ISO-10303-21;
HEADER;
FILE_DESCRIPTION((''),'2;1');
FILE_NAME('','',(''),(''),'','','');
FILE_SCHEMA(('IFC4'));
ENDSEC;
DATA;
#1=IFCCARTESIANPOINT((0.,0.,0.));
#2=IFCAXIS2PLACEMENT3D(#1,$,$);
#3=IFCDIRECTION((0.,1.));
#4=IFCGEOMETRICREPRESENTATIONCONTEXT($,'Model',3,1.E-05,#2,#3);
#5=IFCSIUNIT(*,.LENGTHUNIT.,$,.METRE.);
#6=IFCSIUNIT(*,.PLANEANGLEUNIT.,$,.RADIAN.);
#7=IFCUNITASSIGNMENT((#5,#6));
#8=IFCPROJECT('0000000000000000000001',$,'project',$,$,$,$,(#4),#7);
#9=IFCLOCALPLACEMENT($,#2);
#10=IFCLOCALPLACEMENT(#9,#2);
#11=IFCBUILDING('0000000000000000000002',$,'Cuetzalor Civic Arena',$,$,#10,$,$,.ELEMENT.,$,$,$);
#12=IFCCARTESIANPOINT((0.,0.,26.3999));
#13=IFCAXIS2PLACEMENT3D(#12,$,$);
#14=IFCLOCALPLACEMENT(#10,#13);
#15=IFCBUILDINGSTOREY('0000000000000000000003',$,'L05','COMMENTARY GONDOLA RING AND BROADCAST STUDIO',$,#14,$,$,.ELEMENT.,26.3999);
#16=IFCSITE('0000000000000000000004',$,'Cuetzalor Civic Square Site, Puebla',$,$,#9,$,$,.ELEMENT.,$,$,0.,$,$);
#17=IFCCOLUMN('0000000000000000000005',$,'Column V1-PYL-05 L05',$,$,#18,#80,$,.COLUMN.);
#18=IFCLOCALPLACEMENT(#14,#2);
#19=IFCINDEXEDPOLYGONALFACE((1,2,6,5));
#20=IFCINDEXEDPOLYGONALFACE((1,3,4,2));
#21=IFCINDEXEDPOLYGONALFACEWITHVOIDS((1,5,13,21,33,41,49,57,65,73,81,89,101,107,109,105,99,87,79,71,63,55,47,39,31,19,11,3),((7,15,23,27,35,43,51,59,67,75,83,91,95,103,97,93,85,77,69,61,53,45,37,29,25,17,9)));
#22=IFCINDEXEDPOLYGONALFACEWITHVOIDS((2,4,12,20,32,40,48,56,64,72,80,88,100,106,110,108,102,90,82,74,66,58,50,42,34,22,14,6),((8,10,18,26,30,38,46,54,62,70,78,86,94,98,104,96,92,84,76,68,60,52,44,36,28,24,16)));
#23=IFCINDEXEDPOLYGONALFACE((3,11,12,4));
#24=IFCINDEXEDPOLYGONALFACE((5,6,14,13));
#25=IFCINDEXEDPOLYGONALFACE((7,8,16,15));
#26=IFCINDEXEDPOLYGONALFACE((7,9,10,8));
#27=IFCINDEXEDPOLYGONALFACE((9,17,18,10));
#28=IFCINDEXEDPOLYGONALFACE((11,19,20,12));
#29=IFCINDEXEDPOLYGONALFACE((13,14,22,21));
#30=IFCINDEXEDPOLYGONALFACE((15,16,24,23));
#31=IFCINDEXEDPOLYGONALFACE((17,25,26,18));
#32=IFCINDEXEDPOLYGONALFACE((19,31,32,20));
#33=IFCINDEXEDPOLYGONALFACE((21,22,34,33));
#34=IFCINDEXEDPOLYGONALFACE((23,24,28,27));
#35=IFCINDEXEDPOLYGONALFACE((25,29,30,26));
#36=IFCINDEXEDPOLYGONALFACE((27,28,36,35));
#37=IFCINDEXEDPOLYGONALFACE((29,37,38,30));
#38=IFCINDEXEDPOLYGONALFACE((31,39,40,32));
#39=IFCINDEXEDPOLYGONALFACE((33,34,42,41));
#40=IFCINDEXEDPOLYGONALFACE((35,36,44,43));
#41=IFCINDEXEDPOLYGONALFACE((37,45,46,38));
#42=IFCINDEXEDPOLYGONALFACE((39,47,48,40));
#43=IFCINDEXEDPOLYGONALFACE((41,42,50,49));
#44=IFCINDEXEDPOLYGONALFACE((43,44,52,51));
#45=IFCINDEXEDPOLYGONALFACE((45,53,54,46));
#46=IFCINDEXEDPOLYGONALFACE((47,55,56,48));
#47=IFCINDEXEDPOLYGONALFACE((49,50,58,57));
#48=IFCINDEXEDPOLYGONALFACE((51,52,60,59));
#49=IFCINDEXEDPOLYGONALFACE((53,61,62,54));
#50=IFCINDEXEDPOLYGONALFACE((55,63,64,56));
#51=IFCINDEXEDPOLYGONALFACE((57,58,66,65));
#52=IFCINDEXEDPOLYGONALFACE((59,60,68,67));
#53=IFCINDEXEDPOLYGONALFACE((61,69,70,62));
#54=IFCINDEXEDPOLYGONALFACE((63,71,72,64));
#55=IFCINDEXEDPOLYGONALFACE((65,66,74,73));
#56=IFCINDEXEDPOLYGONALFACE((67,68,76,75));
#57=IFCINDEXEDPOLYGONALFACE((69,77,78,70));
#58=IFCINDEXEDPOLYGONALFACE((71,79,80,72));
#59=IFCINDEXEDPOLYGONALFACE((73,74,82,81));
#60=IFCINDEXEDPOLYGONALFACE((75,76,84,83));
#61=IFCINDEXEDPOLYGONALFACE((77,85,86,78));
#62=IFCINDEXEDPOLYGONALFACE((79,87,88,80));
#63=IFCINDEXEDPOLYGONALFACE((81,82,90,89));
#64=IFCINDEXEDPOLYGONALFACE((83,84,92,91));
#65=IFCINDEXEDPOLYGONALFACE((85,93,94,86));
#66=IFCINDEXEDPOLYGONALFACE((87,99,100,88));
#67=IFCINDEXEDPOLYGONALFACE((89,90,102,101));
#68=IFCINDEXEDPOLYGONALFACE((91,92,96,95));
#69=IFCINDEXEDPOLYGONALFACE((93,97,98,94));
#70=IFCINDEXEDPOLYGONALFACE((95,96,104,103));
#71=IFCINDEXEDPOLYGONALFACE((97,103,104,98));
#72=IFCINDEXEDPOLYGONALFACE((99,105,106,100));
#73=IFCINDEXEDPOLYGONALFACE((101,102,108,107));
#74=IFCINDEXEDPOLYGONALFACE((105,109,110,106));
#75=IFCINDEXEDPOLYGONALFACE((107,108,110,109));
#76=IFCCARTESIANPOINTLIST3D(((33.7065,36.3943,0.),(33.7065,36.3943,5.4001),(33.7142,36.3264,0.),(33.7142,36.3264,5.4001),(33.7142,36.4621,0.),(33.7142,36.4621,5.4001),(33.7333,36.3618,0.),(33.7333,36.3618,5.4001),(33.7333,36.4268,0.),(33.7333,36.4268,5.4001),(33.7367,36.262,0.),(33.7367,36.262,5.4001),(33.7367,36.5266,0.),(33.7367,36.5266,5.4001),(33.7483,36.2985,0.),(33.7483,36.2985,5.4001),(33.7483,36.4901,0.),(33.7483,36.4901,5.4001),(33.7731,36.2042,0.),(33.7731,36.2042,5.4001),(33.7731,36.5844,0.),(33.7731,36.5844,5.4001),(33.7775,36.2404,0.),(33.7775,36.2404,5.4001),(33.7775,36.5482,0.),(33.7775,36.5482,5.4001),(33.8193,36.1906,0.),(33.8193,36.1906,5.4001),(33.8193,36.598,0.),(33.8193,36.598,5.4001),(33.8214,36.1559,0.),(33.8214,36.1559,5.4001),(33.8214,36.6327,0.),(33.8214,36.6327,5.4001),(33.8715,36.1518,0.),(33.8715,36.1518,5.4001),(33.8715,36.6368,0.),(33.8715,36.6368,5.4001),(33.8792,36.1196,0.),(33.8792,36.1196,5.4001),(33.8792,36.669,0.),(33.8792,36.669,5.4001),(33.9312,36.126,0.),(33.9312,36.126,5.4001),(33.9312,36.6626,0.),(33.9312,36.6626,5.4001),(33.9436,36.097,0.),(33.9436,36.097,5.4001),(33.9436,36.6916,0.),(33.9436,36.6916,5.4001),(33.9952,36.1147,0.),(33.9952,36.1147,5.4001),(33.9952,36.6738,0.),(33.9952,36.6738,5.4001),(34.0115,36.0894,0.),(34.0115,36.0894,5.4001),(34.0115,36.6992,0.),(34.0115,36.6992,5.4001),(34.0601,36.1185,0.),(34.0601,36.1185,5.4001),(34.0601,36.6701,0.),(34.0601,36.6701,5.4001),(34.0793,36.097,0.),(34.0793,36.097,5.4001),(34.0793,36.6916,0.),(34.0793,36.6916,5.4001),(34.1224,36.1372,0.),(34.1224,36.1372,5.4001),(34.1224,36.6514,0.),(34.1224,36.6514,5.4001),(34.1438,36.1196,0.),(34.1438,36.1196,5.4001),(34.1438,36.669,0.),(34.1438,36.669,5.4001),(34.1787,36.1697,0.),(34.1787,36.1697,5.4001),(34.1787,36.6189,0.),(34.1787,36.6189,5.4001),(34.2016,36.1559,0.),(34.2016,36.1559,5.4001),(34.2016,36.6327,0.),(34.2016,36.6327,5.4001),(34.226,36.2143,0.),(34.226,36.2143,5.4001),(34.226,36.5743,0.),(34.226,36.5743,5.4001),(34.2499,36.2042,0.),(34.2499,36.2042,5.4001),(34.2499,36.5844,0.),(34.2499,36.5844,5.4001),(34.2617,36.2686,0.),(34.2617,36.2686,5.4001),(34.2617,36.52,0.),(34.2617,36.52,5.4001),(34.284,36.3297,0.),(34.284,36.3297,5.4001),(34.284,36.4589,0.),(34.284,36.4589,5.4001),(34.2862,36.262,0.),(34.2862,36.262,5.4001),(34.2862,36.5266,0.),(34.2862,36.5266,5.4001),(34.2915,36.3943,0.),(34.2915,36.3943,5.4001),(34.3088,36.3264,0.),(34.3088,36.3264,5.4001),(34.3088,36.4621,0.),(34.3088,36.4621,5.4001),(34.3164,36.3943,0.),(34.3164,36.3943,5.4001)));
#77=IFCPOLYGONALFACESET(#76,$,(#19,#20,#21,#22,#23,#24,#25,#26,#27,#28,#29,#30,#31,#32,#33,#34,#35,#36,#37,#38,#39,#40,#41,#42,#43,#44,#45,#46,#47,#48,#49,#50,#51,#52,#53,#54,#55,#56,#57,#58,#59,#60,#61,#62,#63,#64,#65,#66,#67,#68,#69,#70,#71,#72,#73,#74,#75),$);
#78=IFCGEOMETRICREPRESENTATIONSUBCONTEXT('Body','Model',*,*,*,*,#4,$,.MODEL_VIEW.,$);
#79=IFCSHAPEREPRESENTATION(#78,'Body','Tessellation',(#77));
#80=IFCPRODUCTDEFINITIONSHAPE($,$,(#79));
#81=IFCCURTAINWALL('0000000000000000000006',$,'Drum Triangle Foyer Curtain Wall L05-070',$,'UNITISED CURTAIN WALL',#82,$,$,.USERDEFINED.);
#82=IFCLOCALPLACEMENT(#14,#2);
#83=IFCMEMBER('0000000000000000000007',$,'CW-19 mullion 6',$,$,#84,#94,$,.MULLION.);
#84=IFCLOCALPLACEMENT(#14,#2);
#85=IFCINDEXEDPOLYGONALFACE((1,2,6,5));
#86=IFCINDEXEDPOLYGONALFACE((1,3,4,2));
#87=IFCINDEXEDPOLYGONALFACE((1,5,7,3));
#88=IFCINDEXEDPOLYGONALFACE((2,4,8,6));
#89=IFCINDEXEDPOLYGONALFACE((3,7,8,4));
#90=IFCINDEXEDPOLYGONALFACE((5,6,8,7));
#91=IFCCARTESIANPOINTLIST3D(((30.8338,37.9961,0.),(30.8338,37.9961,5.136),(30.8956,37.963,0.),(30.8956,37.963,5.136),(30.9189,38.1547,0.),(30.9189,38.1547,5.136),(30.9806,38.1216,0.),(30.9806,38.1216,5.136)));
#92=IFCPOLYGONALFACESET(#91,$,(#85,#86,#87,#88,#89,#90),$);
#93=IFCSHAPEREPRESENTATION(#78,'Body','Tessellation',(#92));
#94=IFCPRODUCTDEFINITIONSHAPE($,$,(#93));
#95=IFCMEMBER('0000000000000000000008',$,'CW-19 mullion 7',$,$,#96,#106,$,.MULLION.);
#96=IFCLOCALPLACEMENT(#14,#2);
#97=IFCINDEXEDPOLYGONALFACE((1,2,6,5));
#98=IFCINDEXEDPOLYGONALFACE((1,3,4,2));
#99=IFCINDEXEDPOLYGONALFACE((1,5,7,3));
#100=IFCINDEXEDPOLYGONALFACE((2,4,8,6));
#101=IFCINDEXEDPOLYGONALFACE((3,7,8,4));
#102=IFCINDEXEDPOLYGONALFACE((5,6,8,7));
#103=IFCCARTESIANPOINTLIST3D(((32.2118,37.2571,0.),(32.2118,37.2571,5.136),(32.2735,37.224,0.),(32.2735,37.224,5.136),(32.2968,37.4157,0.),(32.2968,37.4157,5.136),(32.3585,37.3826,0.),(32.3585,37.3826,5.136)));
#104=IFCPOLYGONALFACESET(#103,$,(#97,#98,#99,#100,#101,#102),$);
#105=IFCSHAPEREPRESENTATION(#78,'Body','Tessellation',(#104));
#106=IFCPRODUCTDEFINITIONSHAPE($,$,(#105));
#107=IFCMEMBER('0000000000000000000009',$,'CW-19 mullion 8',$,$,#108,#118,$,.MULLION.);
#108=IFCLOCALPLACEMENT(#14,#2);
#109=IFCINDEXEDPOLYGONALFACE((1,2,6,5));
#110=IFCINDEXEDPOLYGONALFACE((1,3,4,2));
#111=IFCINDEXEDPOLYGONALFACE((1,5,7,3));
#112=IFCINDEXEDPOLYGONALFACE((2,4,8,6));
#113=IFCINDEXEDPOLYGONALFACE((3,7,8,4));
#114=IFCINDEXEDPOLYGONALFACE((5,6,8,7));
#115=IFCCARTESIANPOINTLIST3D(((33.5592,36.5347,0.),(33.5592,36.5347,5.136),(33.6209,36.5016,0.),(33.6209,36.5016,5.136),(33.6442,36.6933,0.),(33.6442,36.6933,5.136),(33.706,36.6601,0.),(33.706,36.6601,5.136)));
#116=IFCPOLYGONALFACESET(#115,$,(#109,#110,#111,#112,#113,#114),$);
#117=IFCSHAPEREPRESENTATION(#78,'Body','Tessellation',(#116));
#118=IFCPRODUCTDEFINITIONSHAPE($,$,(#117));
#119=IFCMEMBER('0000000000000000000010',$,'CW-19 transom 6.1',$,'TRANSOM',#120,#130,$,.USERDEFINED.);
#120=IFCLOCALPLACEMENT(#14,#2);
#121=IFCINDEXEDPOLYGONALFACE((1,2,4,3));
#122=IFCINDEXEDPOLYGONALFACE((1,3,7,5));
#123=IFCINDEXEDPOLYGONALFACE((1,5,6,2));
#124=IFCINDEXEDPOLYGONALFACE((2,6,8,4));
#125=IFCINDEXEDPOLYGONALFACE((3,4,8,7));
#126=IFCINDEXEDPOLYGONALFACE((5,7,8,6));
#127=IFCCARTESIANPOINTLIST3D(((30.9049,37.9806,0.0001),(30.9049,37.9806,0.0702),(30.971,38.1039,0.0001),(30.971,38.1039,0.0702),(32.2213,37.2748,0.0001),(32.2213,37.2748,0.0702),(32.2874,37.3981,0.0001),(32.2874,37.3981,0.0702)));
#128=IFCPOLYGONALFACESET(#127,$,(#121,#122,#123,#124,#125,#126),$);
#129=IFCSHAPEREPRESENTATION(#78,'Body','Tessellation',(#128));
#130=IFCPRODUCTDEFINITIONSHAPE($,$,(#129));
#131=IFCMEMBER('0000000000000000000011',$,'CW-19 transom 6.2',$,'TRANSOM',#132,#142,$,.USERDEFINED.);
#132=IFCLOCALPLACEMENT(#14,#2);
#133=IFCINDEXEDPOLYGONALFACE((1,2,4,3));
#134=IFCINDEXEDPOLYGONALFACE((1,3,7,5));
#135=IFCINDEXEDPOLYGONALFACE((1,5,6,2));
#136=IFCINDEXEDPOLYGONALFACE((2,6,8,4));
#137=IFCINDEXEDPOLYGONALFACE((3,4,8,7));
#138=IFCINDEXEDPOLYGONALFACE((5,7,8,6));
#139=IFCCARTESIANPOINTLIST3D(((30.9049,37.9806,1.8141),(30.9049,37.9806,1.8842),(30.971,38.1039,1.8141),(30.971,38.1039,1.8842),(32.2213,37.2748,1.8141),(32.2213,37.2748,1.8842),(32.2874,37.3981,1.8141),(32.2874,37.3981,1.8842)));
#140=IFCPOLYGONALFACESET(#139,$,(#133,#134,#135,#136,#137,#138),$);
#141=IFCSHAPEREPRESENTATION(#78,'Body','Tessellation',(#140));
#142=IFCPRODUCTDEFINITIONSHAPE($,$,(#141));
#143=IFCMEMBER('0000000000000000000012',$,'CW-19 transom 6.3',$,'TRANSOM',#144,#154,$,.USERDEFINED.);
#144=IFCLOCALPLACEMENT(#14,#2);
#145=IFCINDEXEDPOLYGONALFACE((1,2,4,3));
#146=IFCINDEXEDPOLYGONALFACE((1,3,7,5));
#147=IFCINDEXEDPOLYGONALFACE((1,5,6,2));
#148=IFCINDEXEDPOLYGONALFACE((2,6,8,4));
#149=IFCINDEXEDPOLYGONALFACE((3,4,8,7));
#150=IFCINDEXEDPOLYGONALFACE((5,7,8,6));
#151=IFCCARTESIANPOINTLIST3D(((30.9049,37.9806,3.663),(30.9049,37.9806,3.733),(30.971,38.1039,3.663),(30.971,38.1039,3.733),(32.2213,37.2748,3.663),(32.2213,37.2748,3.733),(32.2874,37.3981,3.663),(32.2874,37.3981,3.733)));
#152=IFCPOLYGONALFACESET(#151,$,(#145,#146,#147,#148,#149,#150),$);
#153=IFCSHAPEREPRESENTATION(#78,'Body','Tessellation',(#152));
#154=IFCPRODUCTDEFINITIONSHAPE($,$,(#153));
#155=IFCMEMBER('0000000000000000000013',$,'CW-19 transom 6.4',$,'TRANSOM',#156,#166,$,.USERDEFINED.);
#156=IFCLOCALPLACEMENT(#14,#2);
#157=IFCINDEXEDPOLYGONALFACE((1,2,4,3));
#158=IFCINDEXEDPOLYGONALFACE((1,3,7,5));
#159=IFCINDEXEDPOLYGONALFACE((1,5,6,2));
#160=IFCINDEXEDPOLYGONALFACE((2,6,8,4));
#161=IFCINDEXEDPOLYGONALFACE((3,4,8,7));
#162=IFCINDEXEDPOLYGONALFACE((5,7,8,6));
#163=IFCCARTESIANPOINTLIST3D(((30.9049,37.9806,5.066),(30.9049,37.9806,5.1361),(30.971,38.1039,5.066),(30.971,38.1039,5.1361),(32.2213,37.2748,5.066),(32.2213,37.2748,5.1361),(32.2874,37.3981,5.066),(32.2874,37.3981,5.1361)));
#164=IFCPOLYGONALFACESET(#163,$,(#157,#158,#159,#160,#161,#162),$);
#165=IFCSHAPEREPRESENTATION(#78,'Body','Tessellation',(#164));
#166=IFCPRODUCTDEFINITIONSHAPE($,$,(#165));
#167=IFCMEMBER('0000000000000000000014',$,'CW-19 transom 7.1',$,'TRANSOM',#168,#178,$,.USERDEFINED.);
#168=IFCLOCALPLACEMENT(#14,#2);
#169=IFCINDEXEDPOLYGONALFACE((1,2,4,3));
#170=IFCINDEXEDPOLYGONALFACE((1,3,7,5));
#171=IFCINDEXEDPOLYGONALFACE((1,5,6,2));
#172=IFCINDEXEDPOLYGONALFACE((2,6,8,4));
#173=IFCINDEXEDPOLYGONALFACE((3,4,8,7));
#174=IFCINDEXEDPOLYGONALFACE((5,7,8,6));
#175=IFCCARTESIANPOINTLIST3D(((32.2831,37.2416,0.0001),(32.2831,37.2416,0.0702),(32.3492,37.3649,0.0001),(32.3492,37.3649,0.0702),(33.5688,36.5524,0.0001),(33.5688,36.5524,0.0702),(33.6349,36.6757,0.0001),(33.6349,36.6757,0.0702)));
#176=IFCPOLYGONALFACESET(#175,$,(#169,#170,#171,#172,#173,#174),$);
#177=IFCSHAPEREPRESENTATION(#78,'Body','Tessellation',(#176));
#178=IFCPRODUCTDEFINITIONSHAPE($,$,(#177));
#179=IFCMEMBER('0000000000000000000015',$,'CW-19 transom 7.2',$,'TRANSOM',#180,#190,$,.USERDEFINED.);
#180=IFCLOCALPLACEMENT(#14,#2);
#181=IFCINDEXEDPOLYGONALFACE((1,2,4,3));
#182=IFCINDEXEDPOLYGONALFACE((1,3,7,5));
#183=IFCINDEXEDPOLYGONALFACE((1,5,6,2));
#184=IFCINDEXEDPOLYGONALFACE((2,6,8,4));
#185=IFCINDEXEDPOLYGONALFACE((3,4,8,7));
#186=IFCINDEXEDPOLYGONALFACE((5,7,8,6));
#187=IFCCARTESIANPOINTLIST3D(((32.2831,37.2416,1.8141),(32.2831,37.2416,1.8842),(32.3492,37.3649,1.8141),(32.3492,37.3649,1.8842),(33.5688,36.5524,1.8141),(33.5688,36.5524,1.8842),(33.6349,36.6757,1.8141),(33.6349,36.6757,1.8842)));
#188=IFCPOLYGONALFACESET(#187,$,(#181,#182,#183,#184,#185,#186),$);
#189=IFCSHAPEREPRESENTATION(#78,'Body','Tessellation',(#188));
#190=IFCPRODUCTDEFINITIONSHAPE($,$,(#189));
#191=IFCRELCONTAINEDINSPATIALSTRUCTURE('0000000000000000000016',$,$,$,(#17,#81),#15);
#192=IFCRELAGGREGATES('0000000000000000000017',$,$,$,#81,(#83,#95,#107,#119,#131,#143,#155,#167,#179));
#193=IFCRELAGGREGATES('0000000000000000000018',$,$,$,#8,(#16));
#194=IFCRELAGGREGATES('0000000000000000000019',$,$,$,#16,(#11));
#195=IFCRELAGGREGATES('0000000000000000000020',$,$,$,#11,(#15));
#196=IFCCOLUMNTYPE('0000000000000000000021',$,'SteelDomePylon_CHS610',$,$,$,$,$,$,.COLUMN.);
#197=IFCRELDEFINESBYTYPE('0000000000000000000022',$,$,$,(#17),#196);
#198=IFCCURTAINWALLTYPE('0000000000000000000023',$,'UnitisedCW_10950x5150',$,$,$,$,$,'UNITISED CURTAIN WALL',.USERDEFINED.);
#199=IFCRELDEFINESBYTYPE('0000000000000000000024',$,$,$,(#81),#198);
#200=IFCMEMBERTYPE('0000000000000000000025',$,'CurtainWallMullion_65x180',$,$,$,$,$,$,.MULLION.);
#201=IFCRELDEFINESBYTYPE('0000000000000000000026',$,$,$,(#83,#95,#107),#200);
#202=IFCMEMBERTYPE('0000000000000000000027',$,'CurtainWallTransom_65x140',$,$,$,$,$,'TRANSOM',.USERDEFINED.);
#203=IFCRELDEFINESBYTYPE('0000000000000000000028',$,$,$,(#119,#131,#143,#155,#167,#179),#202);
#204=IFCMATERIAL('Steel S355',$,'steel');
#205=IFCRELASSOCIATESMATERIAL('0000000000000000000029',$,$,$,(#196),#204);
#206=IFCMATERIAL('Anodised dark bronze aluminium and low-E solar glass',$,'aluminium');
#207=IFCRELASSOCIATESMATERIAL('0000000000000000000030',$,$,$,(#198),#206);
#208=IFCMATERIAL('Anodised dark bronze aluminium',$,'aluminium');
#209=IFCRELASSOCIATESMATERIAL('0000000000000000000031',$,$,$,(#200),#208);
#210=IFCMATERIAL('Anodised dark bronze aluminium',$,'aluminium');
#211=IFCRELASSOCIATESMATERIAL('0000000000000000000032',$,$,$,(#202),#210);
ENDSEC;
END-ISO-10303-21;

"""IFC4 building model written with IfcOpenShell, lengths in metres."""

from ifc_helpers import new_model, si_unit, direction, frame, origin, origin_2d, place, context, subcontext, project, spatial, rectangle, hollow_circle, extrude, material, material_profile, profile_set, type_object, element, aggregate, save


model = new_model("IFC4")

# Units and contexts
model_context = context("Model", 3, precision=1e-05, world=origin(), true_north=direction((0.0, 1.0)))
body_context = subcontext(model_context, "Body", "Model", "MODEL_VIEW")
ifc_project = project(units=[si_unit("LENGTHUNIT", "METRE"), si_unit("PLANEANGLEUNIT", "RADIAN")], contexts=[model_context])

# Site, building, storey
site_placement = place(None, origin())
site = spatial("IfcSite", under=ifc_project, at=site_placement, Name="Cuetzalor Civic Square Site, Puebla", CompositionType="ELEMENT", RefElevation=0.0)
building_placement = place(site_placement, origin())
building = spatial("IfcBuilding", under=site, at=building_placement, Name="Cuetzalor Civic Arena", CompositionType="ELEMENT")
storey_placement = place(building_placement, frame((0.0, 0.0, 26.3999)))
storey = spatial("IfcBuildingStorey", under=building, at=storey_placement, Name="L05", Description="COMMENTARY GONDOLA RING AND BROADCAST STUDIO", CompositionType="ELEMENT", Elevation=26.3999)

# Column
ifc_material_1 = material(Name="Steel S355", Category="steel")
ifc_material_profile_1 = material_profile(ifc_material_1, hollow_circle(Radius=0.3049, WallThickness=0.0249, at=origin_2d()), Name="CHS 610x25")
ifc_profile_set_1 = profile_set([ifc_material_profile_1], Name="Steel S355")
column_type = type_object("IfcColumnType", Name="SteelDomePylon_CHS610", PredefinedType="COLUMN", material=ifc_profile_set_1)
column_placement = place(storey_placement, frame((34.0115, 36.3943, 0.0), z_axis=(0.0, 0.0, 1.0), x_axis=(1.0, 0.0, 0.0)))
element("IfcColumn", 1, at=column_placement, inside=storey, type_object=column_type, Name="Column V1-PYL-05 L05", PredefinedType="COLUMN", context=body_context, shape_type="SweptSolid", body=[
    extrude(hollow_circle(Radius=0.3049, WallThickness=0.0249, at=origin_2d()), origin(), (0.0, 0.0, 1.0), 5.4001),
])

# Curtain wall, members
ifc_material_2 = material(Name="Anodised dark bronze aluminium and low-E solar glass", Category="aluminium")
curtain_wall_type = type_object("IfcCurtainWallType", Name="UnitisedCW_10950x5150", ElementType="UNITISED CURTAIN WALL", PredefinedType="USERDEFINED", material=ifc_material_2)
curtain_wall_placement = place(storey_placement, origin())
curtain_wall = element("IfcCurtainWall", 2, at=curtain_wall_placement, inside=storey, type_object=curtain_wall_type, Name="Drum Triangle Foyer Curtain Wall L05-070", ObjectType="UNITISED CURTAIN WALL", PredefinedType="USERDEFINED")
ifc_material_3 = material(Name="Anodised dark bronze aluminium", Category="aluminium")
ifc_material_profile_2 = material_profile(ifc_material_3, rectangle(XDim=0.0701, YDim=0.1799, at=origin_2d()), Name="ALU MULLION 70x180")
ifc_profile_set_2 = profile_set([ifc_material_profile_2], Name="Anodised dark bronze aluminium")
member_type_1 = type_object("IfcMemberType", Name="CurtainWallMullion_65x180", PredefinedType="MULLION", material=ifc_profile_set_2)
member_1_placement = place(storey_placement, frame((30.9072, 38.0588, 0.0), z_axis=(0.0, 0.0, 1.0), x_axis=(0.881306, -0.472545, 0.0)))
member_1 = element("IfcMember", 3, at=member_1_placement, type_object=member_type_1, Name="CW-19 mullion 6", PredefinedType="MULLION", context=body_context, shape_type="SweptSolid", body=[
    extrude(rectangle(XDim=0.0701, YDim=0.1799, at=origin_2d()), origin(), (0.0, 0.0, 1.0), 5.136),
])
member_2_placement = place(storey_placement, frame((32.2852, 37.3198, 0.0), z_axis=(0.0, 0.0, 1.0), x_axis=(0.881306, -0.472545, 0.0)))
member_2 = element("IfcMember", 4, at=member_2_placement, type_object=member_type_1, Name="CW-19 mullion 7", PredefinedType="MULLION", context=body_context, shape_type="SweptSolid", body=[
    extrude(rectangle(XDim=0.0701, YDim=0.1799, at=origin_2d()), origin(), (0.0, 0.0, 1.0), 5.136),
])
member_3_placement = place(storey_placement, frame((33.6326, 36.5974, 0.0), z_axis=(0.0, 0.0, 1.0), x_axis=(0.881306, -0.472545, 0.0)))
member_3 = element("IfcMember", 5, at=member_3_placement, type_object=member_type_1, Name="CW-19 mullion 8", PredefinedType="MULLION", context=body_context, shape_type="SweptSolid", body=[
    extrude(rectangle(XDim=0.0701, YDim=0.1799, at=origin_2d()), origin(), (0.0, 0.0, 1.0), 5.136),
])
ifc_material_4 = material(Name="Anodised dark bronze aluminium", Category="aluminium")
ifc_material_profile_3 = material_profile(ifc_material_4, rectangle(XDim=0.1399, YDim=0.0701, at=origin_2d()), Name="ALU TRANSOM 70x140")
ifc_profile_set_3 = profile_set([ifc_material_profile_3], Name="Anodised dark bronze aluminium")
member_type_2 = type_object("IfcMemberType", Name="CurtainWallTransom_65x140", ElementType="TRANSOM", PredefinedType="USERDEFINED", material=ifc_profile_set_3)
member_4_placement = place(storey_placement, frame((30.938, 38.0422, 0.0352), z_axis=(0.881315, -0.47253, 0.0), x_axis=(0.47253, 0.881315, 0.0)))
member_4 = element("IfcMember", 6, at=member_4_placement, type_object=member_type_2, Name="CW-19 transom 6.1", ObjectType="TRANSOM", PredefinedType="USERDEFINED", context=body_context, shape_type="SweptSolid", body=[
    extrude(rectangle(XDim=0.1399, YDim=0.0701, at=origin_2d()), origin(), (0.0, 0.0, 1.0), 1.4937),
])
member_5_placement = place(storey_placement, frame((30.938, 38.0422, 1.8491), z_axis=(0.881315, -0.47253, 0.0), x_axis=(0.47253, 0.881315, 0.0)))
member_5 = element("IfcMember", 7, at=member_5_placement, type_object=member_type_2, Name="CW-19 transom 6.2", ObjectType="TRANSOM", PredefinedType="USERDEFINED", context=body_context, shape_type="SweptSolid", body=[
    extrude(rectangle(XDim=0.1399, YDim=0.0701, at=origin_2d()), origin(), (0.0, 0.0, 1.0), 1.4937),
])
member_6_placement = place(storey_placement, frame((30.938, 38.0422, 3.698), z_axis=(0.881315, -0.47253, 0.0), x_axis=(0.47253, 0.881315, 0.0)))
member_6 = element("IfcMember", 8, at=member_6_placement, type_object=member_type_2, Name="CW-19 transom 6.3", ObjectType="TRANSOM", PredefinedType="USERDEFINED", context=body_context, shape_type="SweptSolid", body=[
    extrude(rectangle(XDim=0.1399, YDim=0.0701, at=origin_2d()), origin(), (0.0, 0.0, 1.0), 1.4937),
])
member_7_placement = place(storey_placement, frame((30.938, 38.0422, 5.1011), z_axis=(0.881315, -0.47253, 0.0), x_axis=(0.47253, 0.881315, 0.0)))
member_7 = element("IfcMember", 9, at=member_7_placement, type_object=member_type_2, Name="CW-19 transom 6.4", ObjectType="TRANSOM", PredefinedType="USERDEFINED", context=body_context, shape_type="SweptSolid", body=[
    extrude(rectangle(XDim=0.1399, YDim=0.0701, at=origin_2d()), origin(), (0.0, 0.0, 1.0), 1.4937),
])
member_8_placement = place(storey_placement, frame((32.3162, 37.3032, 0.0352), z_axis=(0.881346, -0.472472, 0.0), x_axis=(0.472472, 0.881346, 0.0)))
member_8 = element("IfcMember", 10, at=member_8_placement, type_object=member_type_2, Name="CW-19 transom 7.1", ObjectType="TRANSOM", PredefinedType="USERDEFINED", context=body_context, shape_type="SweptSolid", body=[
    extrude(rectangle(XDim=0.1399, YDim=0.0701, at=origin_2d()), origin(), (0.0, 0.0, 1.0), 1.4587),
])
member_9_placement = place(storey_placement, frame((32.3162, 37.3032, 1.8491), z_axis=(0.881346, -0.472472, 0.0), x_axis=(0.472472, 0.881346, 0.0)))
member_9 = element("IfcMember", 11, at=member_9_placement, type_object=member_type_2, Name="CW-19 transom 7.2", ObjectType="TRANSOM", PredefinedType="USERDEFINED", context=body_context, shape_type="SweptSolid", body=[
    extrude(rectangle(XDim=0.1399, YDim=0.0701, at=origin_2d()), origin(), (0.0, 0.0, 1.0), 1.4587),
])
aggregate(curtain_wall, [member_1, member_2, member_3, member_4, member_5, member_6, member_7, member_8, member_9])

save(model, "model.ifc")
